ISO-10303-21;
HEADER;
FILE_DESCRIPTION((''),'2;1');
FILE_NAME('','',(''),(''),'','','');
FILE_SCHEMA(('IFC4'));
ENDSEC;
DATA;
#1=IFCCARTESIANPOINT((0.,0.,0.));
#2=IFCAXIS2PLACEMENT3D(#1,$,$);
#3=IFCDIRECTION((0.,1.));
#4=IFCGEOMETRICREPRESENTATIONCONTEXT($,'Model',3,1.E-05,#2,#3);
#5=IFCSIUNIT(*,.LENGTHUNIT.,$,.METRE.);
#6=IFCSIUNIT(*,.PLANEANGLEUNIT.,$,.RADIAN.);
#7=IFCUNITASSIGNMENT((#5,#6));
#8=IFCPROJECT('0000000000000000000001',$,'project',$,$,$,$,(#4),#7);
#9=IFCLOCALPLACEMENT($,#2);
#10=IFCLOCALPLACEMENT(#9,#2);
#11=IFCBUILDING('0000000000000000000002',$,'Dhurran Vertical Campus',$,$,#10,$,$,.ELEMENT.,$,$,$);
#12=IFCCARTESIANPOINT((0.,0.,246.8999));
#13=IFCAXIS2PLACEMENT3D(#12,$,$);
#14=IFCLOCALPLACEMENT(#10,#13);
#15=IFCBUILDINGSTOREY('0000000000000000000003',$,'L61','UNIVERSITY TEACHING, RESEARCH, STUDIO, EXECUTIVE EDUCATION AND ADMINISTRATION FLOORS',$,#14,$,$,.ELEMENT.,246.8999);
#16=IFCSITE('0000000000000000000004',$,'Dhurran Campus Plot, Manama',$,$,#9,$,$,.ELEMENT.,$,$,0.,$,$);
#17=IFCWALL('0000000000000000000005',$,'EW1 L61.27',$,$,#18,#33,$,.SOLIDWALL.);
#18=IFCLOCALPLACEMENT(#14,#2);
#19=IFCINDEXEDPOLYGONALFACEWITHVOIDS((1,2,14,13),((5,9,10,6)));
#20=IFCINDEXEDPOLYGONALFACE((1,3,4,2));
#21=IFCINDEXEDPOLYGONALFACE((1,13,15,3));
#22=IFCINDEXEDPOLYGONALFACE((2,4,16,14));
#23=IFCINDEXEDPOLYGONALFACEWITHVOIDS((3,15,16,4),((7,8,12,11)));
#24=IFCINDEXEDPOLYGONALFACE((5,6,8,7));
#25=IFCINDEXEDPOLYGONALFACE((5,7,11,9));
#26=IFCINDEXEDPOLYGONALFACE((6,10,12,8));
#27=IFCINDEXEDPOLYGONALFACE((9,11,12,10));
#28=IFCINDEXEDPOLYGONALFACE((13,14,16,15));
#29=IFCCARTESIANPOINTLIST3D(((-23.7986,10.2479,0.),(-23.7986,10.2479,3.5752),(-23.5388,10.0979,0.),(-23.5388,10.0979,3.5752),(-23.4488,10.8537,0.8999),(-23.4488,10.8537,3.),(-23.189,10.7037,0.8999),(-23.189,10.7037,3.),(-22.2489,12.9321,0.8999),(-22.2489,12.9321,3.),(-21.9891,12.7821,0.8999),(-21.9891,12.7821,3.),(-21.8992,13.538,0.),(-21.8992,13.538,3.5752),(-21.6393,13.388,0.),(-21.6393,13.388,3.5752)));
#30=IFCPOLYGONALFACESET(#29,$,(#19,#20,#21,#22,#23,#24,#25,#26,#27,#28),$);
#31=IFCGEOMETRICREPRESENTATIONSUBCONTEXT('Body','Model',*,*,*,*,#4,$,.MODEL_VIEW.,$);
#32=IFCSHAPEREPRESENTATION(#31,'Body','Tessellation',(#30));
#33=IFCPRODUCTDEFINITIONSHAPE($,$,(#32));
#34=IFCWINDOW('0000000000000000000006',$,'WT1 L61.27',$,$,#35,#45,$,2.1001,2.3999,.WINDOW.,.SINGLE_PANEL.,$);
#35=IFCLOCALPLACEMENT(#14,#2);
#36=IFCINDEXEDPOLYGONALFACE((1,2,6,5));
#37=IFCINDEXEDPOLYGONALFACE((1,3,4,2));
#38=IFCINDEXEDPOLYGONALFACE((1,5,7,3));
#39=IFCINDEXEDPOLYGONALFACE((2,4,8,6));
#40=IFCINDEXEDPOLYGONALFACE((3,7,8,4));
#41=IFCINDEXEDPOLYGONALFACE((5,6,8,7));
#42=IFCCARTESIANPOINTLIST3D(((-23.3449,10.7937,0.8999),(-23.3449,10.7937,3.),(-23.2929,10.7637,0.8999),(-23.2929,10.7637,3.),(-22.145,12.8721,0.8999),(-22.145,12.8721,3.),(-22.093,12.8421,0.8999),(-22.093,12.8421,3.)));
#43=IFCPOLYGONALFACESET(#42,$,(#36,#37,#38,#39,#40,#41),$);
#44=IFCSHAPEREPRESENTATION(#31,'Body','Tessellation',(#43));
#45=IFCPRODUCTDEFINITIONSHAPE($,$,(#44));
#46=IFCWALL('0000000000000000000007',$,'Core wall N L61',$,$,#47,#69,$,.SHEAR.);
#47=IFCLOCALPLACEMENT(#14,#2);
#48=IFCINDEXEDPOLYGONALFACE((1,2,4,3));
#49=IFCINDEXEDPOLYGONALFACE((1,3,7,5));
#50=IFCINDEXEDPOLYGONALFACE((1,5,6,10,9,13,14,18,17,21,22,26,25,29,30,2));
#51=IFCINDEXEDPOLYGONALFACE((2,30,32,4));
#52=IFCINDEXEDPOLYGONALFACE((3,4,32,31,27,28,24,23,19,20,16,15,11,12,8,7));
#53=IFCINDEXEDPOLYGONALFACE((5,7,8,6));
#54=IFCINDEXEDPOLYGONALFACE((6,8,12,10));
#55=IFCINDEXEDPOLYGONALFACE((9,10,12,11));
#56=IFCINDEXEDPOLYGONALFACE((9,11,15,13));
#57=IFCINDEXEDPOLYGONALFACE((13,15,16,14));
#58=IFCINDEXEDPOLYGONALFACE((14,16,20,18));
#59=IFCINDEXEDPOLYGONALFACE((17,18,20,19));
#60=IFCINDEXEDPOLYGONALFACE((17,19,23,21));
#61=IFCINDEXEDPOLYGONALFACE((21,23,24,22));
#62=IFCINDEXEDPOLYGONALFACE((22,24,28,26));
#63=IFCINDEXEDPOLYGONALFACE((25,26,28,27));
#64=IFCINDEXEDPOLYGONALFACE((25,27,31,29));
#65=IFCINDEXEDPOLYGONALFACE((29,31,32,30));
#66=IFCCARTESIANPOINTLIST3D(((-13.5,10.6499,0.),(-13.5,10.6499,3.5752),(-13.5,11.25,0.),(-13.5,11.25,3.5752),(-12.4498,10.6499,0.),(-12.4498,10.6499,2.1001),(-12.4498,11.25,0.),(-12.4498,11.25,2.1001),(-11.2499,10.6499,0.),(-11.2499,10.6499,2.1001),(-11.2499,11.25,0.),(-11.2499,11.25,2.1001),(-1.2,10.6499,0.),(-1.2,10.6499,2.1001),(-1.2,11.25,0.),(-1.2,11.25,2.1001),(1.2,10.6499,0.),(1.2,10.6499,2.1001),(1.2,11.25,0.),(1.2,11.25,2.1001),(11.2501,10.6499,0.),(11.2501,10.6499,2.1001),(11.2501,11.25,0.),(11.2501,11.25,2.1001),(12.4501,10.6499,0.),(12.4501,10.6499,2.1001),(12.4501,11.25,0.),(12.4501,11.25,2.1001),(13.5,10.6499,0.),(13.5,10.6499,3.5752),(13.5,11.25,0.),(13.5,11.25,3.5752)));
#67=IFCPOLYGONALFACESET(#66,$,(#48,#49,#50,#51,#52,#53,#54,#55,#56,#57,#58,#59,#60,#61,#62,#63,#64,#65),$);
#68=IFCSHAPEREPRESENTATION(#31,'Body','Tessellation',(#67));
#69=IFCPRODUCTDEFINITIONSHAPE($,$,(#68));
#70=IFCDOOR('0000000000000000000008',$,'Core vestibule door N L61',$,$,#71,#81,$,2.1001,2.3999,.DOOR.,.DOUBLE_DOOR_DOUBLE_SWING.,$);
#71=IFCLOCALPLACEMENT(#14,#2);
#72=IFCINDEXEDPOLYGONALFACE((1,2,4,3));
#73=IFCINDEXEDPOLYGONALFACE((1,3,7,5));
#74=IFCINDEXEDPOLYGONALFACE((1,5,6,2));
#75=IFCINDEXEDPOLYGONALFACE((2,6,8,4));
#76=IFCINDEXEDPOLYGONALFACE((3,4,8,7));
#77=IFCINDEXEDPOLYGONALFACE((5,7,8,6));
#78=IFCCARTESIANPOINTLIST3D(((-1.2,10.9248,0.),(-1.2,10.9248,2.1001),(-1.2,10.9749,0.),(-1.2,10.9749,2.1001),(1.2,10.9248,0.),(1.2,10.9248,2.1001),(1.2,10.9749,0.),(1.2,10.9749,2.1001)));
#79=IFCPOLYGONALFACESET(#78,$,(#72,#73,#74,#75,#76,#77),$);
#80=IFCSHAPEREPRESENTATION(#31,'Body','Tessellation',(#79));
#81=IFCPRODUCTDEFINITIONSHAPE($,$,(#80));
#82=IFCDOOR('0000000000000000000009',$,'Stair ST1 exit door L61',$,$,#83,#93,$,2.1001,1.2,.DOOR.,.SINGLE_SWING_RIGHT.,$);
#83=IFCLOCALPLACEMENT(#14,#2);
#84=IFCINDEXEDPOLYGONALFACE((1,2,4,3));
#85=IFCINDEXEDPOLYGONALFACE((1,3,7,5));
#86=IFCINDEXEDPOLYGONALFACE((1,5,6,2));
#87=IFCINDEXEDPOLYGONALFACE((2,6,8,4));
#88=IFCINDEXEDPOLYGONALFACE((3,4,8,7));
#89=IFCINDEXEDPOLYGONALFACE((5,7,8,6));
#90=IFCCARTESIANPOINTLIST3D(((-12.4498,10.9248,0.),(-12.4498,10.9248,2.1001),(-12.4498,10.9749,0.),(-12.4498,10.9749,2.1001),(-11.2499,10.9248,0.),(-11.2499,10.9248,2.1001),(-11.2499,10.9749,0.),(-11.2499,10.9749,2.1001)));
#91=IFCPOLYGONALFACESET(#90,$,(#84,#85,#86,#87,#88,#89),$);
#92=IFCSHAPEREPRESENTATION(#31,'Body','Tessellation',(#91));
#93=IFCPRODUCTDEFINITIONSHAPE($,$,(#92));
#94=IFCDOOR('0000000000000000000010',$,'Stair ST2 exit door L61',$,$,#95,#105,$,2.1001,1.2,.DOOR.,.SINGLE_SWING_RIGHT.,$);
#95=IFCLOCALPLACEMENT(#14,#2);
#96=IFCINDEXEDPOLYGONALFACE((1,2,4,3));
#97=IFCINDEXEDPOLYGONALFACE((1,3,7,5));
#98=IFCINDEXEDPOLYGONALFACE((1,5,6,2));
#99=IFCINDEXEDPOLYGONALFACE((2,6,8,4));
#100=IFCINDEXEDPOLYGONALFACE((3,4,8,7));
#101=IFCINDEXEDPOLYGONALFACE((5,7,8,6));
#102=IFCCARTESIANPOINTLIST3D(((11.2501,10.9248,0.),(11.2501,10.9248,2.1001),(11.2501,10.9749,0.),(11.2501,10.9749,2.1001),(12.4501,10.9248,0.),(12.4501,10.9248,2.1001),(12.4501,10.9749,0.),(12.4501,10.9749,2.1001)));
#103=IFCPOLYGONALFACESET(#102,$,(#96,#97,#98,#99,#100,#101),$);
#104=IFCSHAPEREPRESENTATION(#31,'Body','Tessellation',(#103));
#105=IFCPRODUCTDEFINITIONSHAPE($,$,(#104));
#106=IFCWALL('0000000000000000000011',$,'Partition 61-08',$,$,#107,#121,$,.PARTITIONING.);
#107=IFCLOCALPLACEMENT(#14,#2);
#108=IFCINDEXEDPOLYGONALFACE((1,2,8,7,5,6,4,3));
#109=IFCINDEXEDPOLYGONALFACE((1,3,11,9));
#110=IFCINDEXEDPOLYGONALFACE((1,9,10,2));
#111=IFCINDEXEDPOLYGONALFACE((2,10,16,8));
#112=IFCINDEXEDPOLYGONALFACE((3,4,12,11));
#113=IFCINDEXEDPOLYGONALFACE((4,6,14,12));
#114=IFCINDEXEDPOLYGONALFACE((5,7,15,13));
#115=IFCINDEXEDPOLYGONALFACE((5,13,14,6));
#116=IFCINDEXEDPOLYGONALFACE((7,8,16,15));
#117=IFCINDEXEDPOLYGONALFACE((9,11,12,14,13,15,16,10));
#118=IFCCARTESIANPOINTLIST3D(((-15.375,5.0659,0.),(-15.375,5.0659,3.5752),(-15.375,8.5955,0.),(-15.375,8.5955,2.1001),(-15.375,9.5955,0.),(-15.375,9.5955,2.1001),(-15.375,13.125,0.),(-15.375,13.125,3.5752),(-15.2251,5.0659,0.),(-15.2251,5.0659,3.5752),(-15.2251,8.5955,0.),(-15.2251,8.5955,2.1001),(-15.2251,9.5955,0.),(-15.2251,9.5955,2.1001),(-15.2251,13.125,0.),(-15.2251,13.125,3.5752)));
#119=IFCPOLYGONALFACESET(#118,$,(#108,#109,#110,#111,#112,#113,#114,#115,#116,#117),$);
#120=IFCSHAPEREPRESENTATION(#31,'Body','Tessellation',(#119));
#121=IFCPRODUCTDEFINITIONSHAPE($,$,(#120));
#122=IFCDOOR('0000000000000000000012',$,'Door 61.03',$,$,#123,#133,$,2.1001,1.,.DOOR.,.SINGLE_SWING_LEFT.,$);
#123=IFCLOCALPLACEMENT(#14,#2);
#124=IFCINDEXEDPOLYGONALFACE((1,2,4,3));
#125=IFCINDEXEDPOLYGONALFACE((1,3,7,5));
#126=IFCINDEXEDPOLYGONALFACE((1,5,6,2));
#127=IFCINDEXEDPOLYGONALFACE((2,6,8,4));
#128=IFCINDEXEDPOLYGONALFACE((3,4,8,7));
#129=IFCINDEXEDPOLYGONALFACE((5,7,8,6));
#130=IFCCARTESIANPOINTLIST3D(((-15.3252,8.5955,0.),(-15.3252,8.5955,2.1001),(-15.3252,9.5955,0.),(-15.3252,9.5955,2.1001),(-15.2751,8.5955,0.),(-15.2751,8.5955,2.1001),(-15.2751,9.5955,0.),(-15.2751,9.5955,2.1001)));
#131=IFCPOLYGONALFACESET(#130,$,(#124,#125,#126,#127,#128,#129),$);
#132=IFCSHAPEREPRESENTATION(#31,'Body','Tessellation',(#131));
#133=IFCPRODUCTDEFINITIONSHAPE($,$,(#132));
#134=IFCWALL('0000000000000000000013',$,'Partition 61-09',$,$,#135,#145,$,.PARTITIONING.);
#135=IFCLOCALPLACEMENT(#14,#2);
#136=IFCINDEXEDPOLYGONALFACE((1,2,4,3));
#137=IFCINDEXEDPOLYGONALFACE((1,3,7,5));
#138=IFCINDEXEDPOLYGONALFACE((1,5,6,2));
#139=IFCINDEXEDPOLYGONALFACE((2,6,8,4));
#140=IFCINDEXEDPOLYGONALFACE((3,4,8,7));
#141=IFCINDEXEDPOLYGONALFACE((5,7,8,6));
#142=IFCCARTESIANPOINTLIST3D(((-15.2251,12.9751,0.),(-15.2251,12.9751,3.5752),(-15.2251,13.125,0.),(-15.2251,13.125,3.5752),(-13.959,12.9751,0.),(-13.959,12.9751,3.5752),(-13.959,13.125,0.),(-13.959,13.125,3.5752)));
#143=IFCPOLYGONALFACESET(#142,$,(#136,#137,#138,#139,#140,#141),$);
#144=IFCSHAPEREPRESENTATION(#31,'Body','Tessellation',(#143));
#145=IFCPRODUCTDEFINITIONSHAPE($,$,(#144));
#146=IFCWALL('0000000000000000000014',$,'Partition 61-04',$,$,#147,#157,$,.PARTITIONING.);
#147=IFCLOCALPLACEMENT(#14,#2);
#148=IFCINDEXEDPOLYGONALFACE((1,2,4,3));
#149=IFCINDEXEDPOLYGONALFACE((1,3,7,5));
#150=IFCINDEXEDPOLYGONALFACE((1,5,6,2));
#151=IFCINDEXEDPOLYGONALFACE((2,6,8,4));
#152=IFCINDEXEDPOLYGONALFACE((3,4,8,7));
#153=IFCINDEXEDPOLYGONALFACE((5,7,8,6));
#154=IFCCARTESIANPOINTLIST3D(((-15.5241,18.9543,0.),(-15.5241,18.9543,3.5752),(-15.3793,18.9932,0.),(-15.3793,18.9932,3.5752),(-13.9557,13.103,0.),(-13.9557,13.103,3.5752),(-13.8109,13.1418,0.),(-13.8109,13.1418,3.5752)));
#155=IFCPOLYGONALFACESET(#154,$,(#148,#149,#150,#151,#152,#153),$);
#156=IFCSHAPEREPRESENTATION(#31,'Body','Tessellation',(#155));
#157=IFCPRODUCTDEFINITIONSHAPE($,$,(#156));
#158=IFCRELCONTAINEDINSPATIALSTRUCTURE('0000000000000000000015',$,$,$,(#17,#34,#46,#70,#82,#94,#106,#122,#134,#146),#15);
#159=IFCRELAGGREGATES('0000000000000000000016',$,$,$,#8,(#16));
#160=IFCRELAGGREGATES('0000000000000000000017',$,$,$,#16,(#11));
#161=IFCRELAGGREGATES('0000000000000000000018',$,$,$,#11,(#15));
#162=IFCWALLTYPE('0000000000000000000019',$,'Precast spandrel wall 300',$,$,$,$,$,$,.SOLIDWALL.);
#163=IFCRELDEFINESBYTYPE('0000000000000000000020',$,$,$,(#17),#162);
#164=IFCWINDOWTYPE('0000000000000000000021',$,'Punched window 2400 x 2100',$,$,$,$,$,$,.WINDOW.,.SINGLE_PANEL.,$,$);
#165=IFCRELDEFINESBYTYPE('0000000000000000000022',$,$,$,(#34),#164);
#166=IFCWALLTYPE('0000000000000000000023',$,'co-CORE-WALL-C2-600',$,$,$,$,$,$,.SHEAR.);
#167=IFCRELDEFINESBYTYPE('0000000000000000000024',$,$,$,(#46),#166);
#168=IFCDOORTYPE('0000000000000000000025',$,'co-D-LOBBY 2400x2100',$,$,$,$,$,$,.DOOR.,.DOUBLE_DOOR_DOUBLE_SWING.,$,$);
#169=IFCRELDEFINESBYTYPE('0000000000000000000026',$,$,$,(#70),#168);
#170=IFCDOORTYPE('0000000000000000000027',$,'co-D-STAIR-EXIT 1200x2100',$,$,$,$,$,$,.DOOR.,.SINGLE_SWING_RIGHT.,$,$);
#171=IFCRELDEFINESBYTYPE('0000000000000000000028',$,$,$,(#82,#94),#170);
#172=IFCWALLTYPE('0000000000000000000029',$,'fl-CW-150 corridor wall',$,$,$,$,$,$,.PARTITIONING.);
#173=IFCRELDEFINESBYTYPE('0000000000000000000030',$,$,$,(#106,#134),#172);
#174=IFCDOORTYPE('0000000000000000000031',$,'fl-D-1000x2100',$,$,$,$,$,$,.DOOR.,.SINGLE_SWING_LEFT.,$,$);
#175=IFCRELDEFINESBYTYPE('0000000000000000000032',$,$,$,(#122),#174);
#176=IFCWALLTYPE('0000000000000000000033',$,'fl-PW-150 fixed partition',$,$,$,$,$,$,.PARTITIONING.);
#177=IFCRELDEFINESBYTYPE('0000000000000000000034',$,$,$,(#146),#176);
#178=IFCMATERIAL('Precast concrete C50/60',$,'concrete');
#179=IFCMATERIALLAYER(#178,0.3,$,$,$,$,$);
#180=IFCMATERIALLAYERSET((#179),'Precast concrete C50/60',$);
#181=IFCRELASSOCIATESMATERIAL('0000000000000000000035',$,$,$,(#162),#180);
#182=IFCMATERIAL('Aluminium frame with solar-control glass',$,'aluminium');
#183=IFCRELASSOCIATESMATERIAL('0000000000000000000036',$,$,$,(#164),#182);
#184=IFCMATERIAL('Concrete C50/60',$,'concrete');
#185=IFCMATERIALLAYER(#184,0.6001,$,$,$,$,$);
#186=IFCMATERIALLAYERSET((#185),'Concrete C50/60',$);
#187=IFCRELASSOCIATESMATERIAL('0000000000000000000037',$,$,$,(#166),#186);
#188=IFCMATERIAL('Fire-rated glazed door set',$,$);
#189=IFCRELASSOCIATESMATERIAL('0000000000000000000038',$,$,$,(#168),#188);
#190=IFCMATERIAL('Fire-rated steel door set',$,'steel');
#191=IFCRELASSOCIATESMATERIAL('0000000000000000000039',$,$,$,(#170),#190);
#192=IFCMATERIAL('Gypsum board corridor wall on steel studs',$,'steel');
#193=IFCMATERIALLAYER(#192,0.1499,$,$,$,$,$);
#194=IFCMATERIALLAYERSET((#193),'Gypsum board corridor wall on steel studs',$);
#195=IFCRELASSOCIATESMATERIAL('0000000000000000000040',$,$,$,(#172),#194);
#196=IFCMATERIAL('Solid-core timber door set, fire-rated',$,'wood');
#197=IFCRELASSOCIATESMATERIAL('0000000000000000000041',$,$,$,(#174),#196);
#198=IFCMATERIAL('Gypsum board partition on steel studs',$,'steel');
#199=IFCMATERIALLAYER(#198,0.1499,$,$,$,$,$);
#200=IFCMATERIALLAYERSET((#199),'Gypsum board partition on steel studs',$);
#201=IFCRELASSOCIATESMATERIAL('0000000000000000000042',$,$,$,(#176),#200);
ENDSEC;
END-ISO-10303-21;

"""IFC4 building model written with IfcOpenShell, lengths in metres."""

from ifc_helpers import new_model, si_unit, direction, frame, frame_2d, origin, place, context, subcontext, project, spatial, rectangle, extrude, material, layer, layer_set, type_object, element, fill, save


model = new_model("IFC4")

# Units and contexts
model_context = context("Model", 3, precision=1e-05, world=origin(), true_north=direction((0.0, 1.0)))
body_context = subcontext(model_context, "Body", "Model", "MODEL_VIEW")
ifc_project = project(units=[si_unit("LENGTHUNIT", "METRE"), si_unit("PLANEANGLEUNIT", "RADIAN")], contexts=[model_context])

# Site, building, storey
site_placement = place(None, origin())
site = spatial("IfcSite", under=ifc_project, at=site_placement, Name="Dhurran Campus Plot, Manama", CompositionType="ELEMENT", RefElevation=0.0)
building_placement = place(site_placement, origin())
building = spatial("IfcBuilding", under=site, at=building_placement, Name="Dhurran Vertical Campus", CompositionType="ELEMENT")
storey_placement = place(building_placement, frame((0.0, 0.0, 246.8999)))
storey = spatial("IfcBuildingStorey", under=building, at=storey_placement, Name="L61", Description="UNIVERSITY TEACHING, RESEARCH, STUDIO, EXECUTIVE EDUCATION AND ADMINISTRATION FLOORS", CompositionType="ELEMENT", Elevation=246.8999)

# Wall, opening, window
ifc_material_1 = material(Name="Precast concrete C50/60", Category="concrete")
ifc_layer_1 = layer(ifc_material_1, 0.3)
ifc_layer_set_1 = layer_set([ifc_layer_1], Name="Precast concrete C50/60")
wall_type_1 = type_object("IfcWallType", Name="Precast spandrel wall 300", PredefinedType="SOLIDWALL", material=ifc_layer_set_1)
ifc_material_2 = material(Name="Aluminium frame with solar-control glass", Category="aluminium")
window_type = type_object("IfcWindowType", Name="Punched window 2400 x 2100", PartitioningType="SINGLE_PANEL", PredefinedType="WINDOW", material=ifc_material_2)
wall_1_placement = place(storey_placement, frame((-21.7693, 13.4629, 0.0), z_axis=(0.0, 0.0, 1.0), x_axis=(-0.499982, -0.866036, 0.0)))
wall_1 = element("IfcWall", 1, at=wall_1_placement, inside=storey, type_object=wall_type_1, Name="EW1 L61.27", PredefinedType="SOLIDWALL", context=body_context, shape_type="SweptSolid", body=[
    extrude(rectangle(XDim=3.7991, YDim=0.3, at=frame_2d((1.8994, 0.0))), origin(), (0.0, 0.0, 1.0), 3.5752),
])
opening_1_placement = place(wall_1_placement, frame((0.6995, 0.0, 0.8999)))
opening_1 = element("IfcOpeningElement", 2, at=opening_1_placement, cuts=wall_1, PredefinedType="OPENING", context=body_context, shape_type="SweptSolid", body=[
    extrude(rectangle(XDim=2.3999, YDim=2.1001, at=frame_2d((1.2, 1.05))), frame((0.0, 0.1599, 0.0), z_axis=(0.0, -1.0, 0.0), x_axis=(1.0, 0.0, 0.0)), (0.0, 0.0, 1.0), 0.3201),
])
window_1_placement = place(opening_1_placement, origin())
window_1 = element("IfcWindow", 3, at=window_1_placement, inside=storey, type_object=window_type, Name="WT1 L61.27", OverallHeight=2.1001, OverallWidth=2.3999, PartitioningType="SINGLE_PANEL", PredefinedType="WINDOW", context=body_context, shape_type="SweptSolid", body=[
    extrude(rectangle(XDim=2.3999, YDim=2.1001, at=frame_2d((1.2, 1.05))), frame((0.0, 0.03, 0.0), z_axis=(0.0, -1.0, 0.0), x_axis=(1.0, 0.0, 0.0)), (0.0, 0.0, 1.0), 0.0601),
])
fill(opening_1, window_1)

# Wall, openings, doors
ifc_material_3 = material(Name="Concrete C50/60", Category="concrete")
ifc_layer_2 = layer(ifc_material_3, 0.6001)
ifc_layer_set_2 = layer_set([ifc_layer_2], Name="Concrete C50/60")
wall_type_2 = type_object("IfcWallType", Name="co-CORE-WALL-C2-600", PredefinedType="SHEAR", material=ifc_layer_set_2)
wall_2_placement = place(storey_placement, frame((-13.5, 10.95, 0.0), z_axis=(0.0, 0.0, 1.0), x_axis=(1.0, 0.0, 0.0)))
wall_2 = element("IfcWall", 4, at=wall_2_placement, inside=storey, type_object=wall_type_2, Name="Core wall N L61", PredefinedType="SHEAR", context=body_context, shape_type="SweptSolid", body=[
    extrude(rectangle(XDim=27.0, YDim=0.6001, at=frame_2d((13.5, 0.0))), origin(), (0.0, 0.0, 1.0), 3.5752),
])
opening_2_placement = place(wall_2_placement, frame((12.3, 0.0, 0.0)))
opening_2 = element("IfcOpeningElement", 5, at=opening_2_placement, cuts=wall_2, PredefinedType="OPENING", context=body_context, shape_type="SweptSolid", body=[
    extrude(rectangle(XDim=2.3999, YDim=2.1001, at=frame_2d((1.2, 1.05))), frame((0.0, 0.3101, 0.0), z_axis=(0.0, -1.0, 0.0), x_axis=(1.0, 0.0, 0.0)), (0.0, 0.0, 1.0), 0.6201),
])
opening_3_placement = place(wall_2_placement, frame((1.05, 0.0, 0.0)))
opening_3 = element("IfcOpeningElement", 6, at=opening_3_placement, cuts=wall_2, PredefinedType="OPENING", context=body_context, shape_type="SweptSolid", body=[
    extrude(rectangle(XDim=1.2, YDim=2.1001, at=frame_2d((0.6001, 1.05))), frame((0.0, 0.3101, 0.0), z_axis=(0.0, -1.0, 0.0), x_axis=(1.0, 0.0, 0.0)), (0.0, 0.0, 1.0), 0.6201),
])
opening_4_placement = place(wall_2_placement, frame((24.75, 0.0, 0.0)))
opening_4 = element("IfcOpeningElement", 7, at=opening_4_placement, cuts=wall_2, PredefinedType="OPENING", context=body_context, shape_type="SweptSolid", body=[
    extrude(rectangle(XDim=1.2, YDim=2.1001, at=frame_2d((0.6001, 1.05))), frame((0.0, 0.3101, 0.0), z_axis=(0.0, -1.0, 0.0), x_axis=(1.0, 0.0, 0.0)), (0.0, 0.0, 1.0), 0.6201),
])
ifc_material_4 = material(Name="Fire-rated glazed door set")
door_type_1 = type_object("IfcDoorType", Name="co-D-LOBBY 2400x2100", OperationType="DOUBLE_DOOR_DOUBLE_SWING", PredefinedType="DOOR", material=ifc_material_4)
door_1_placement = place(opening_2_placement, origin())
door_1 = element("IfcDoor", 8, at=door_1_placement, inside=storey, type_object=door_type_1, Name="Core vestibule door N L61", OperationType="DOUBLE_DOOR_DOUBLE_SWING", OverallHeight=2.1001, OverallWidth=2.3999, PredefinedType="DOOR", context=body_context, shape_type="SweptSolid", body=[
    extrude(rectangle(XDim=2.3999, YDim=2.1001, at=frame_2d((1.2, 1.05))), frame((0.0, 0.0249, 0.0), z_axis=(0.0, -1.0, 0.0), x_axis=(1.0, 0.0, 0.0)), (0.0, 0.0, 1.0), 0.05),
])
fill(opening_2, door_1)
ifc_material_5 = material(Name="Fire-rated steel door set", Category="steel")
door_type_2 = type_object("IfcDoorType", Name="co-D-STAIR-EXIT 1200x2100", OperationType="SINGLE_SWING_RIGHT", PredefinedType="DOOR", material=ifc_material_5)
door_2_placement = place(opening_3_placement, origin())
door_2 = element("IfcDoor", 9, at=door_2_placement, inside=storey, type_object=door_type_2, Name="Stair ST1 exit door L61", OperationType="SINGLE_SWING_RIGHT", OverallHeight=2.1001, OverallWidth=1.2, PredefinedType="DOOR", context=body_context, shape_type="SweptSolid", body=[
    extrude(rectangle(XDim=1.2, YDim=2.1001, at=frame_2d((0.6001, 1.05))), frame((0.0, 0.0249, 0.0), z_axis=(0.0, -1.0, 0.0), x_axis=(1.0, 0.0, 0.0)), (0.0, 0.0, 1.0), 0.05),
])
fill(opening_3, door_2)
door_3_placement = place(opening_4_placement, origin())
door_3 = element("IfcDoor", 10, at=door_3_placement, inside=storey, type_object=door_type_2, Name="Stair ST2 exit door L61", OperationType="SINGLE_SWING_RIGHT", OverallHeight=2.1001, OverallWidth=1.2, PredefinedType="DOOR", context=body_context, shape_type="SweptSolid", body=[
    extrude(rectangle(XDim=1.2, YDim=2.1001, at=frame_2d((0.6001, 1.05))), frame((0.0, 0.0249, 0.0), z_axis=(0.0, -1.0, 0.0), x_axis=(1.0, 0.0, 0.0)), (0.0, 0.0, 1.0), 0.05),
])
fill(opening_4, door_3)

# Wall, opening, door
ifc_material_6 = material(Name="Gypsum board corridor wall on steel studs", Category="steel")
ifc_layer_3 = layer(ifc_material_6, 0.1499)
ifc_layer_set_3 = layer_set([ifc_layer_3], Name="Gypsum board corridor wall on steel studs")
wall_type_3 = type_object("IfcWallType", Name="fl-CW-150 corridor wall", PredefinedType="PARTITIONING", material=ifc_layer_set_3)
wall_3_placement = place(storey_placement, frame((-15.3, 13.125, 0.0), z_axis=(0.0, 0.0, 1.0), x_axis=(0.0, -1.0, 0.0)))
wall_3 = element("IfcWall", 11, at=wall_3_placement, inside=storey, type_object=wall_type_3, Name="Partition 61-08", PredefinedType="PARTITIONING", context=body_context, shape_type="SweptSolid", body=[
    extrude(rectangle(XDim=8.0591, YDim=0.1499, at=frame_2d((4.0295, 0.0))), origin(), (0.0, 0.0, 1.0), 3.5752),
])
opening_5_placement = place(wall_3_placement, frame((3.5295, 0.0, 0.0)))
opening_5 = element("IfcOpeningElement", 12, at=opening_5_placement, cuts=wall_3, PredefinedType="OPENING", context=body_context, shape_type="SweptSolid", body=[
    extrude(rectangle(XDim=1.0, YDim=2.1001, at=frame_2d((0.5, 1.05))), frame((0.0, 0.085, 0.0), z_axis=(0.0, -1.0, 0.0), x_axis=(1.0, 0.0, 0.0)), (0.0, 0.0, 1.0), 0.1699),
])
ifc_material_7 = material(Name="Solid-core timber door set, fire-rated", Category="wood")
door_type_3 = type_object("IfcDoorType", Name="fl-D-1000x2100", OperationType="SINGLE_SWING_LEFT", PredefinedType="DOOR", material=ifc_material_7)
door_4_placement = place(opening_5_placement, origin())
door_4 = element("IfcDoor", 13, at=door_4_placement, inside=storey, type_object=door_type_3, Name="Door 61.03", OperationType="SINGLE_SWING_LEFT", OverallHeight=2.1001, OverallWidth=1.0, PredefinedType="DOOR", context=body_context, shape_type="SweptSolid", body=[
    extrude(rectangle(XDim=1.0, YDim=2.1001, at=frame_2d((0.5, 1.05))), frame((0.0, 0.0249, 0.0), z_axis=(0.0, -1.0, 0.0), x_axis=(1.0, 0.0, 0.0)), (0.0, 0.0, 1.0), 0.05),
])
fill(opening_5, door_4)

# Walls
wall_4_placement = place(storey_placement, frame((-13.959, 13.05, 0.0), z_axis=(0.0, 0.0, 1.0), x_axis=(-1.0, 0.0, 0.0)))
element("IfcWall", 14, at=wall_4_placement, inside=storey, type_object=wall_type_3, Name="Partition 61-09", PredefinedType="PARTITIONING", context=body_context, shape_type="SweptSolid", body=[
    extrude(rectangle(XDim=1.2661, YDim=0.1499, at=frame_2d((0.6331, 0.0))), origin(), (0.0, 0.0, 1.0), 3.5752),
])
ifc_material_8 = material(Name="Gypsum board partition on steel studs", Category="steel")
ifc_layer_4 = layer(ifc_material_8, 0.1499)
ifc_layer_set_4 = layer_set([ifc_layer_4], Name="Gypsum board partition on steel studs")
wall_type_4 = type_object("IfcWallType", Name="fl-PW-150 fixed partition", PredefinedType="PARTITIONING", material=ifc_layer_set_4)
wall_5_placement = place(storey_placement, frame((-15.4517, 18.9736, 0.0), z_axis=(0.0, 0.0, 1.0), x_axis=(0.258897, -0.965905, 0.0)))
element("IfcWall", 15, at=wall_5_placement, inside=storey, type_object=wall_type_4, Name="Partition 61-04", PredefinedType="PARTITIONING", context=body_context, shape_type="SweptSolid", body=[
    extrude(rectangle(XDim=6.0579, YDim=0.1499, at=frame_2d((3.0288, 0.0))), origin(), (0.0, 0.0, 1.0), 3.5752),
])

save(model, "model.ifc")
